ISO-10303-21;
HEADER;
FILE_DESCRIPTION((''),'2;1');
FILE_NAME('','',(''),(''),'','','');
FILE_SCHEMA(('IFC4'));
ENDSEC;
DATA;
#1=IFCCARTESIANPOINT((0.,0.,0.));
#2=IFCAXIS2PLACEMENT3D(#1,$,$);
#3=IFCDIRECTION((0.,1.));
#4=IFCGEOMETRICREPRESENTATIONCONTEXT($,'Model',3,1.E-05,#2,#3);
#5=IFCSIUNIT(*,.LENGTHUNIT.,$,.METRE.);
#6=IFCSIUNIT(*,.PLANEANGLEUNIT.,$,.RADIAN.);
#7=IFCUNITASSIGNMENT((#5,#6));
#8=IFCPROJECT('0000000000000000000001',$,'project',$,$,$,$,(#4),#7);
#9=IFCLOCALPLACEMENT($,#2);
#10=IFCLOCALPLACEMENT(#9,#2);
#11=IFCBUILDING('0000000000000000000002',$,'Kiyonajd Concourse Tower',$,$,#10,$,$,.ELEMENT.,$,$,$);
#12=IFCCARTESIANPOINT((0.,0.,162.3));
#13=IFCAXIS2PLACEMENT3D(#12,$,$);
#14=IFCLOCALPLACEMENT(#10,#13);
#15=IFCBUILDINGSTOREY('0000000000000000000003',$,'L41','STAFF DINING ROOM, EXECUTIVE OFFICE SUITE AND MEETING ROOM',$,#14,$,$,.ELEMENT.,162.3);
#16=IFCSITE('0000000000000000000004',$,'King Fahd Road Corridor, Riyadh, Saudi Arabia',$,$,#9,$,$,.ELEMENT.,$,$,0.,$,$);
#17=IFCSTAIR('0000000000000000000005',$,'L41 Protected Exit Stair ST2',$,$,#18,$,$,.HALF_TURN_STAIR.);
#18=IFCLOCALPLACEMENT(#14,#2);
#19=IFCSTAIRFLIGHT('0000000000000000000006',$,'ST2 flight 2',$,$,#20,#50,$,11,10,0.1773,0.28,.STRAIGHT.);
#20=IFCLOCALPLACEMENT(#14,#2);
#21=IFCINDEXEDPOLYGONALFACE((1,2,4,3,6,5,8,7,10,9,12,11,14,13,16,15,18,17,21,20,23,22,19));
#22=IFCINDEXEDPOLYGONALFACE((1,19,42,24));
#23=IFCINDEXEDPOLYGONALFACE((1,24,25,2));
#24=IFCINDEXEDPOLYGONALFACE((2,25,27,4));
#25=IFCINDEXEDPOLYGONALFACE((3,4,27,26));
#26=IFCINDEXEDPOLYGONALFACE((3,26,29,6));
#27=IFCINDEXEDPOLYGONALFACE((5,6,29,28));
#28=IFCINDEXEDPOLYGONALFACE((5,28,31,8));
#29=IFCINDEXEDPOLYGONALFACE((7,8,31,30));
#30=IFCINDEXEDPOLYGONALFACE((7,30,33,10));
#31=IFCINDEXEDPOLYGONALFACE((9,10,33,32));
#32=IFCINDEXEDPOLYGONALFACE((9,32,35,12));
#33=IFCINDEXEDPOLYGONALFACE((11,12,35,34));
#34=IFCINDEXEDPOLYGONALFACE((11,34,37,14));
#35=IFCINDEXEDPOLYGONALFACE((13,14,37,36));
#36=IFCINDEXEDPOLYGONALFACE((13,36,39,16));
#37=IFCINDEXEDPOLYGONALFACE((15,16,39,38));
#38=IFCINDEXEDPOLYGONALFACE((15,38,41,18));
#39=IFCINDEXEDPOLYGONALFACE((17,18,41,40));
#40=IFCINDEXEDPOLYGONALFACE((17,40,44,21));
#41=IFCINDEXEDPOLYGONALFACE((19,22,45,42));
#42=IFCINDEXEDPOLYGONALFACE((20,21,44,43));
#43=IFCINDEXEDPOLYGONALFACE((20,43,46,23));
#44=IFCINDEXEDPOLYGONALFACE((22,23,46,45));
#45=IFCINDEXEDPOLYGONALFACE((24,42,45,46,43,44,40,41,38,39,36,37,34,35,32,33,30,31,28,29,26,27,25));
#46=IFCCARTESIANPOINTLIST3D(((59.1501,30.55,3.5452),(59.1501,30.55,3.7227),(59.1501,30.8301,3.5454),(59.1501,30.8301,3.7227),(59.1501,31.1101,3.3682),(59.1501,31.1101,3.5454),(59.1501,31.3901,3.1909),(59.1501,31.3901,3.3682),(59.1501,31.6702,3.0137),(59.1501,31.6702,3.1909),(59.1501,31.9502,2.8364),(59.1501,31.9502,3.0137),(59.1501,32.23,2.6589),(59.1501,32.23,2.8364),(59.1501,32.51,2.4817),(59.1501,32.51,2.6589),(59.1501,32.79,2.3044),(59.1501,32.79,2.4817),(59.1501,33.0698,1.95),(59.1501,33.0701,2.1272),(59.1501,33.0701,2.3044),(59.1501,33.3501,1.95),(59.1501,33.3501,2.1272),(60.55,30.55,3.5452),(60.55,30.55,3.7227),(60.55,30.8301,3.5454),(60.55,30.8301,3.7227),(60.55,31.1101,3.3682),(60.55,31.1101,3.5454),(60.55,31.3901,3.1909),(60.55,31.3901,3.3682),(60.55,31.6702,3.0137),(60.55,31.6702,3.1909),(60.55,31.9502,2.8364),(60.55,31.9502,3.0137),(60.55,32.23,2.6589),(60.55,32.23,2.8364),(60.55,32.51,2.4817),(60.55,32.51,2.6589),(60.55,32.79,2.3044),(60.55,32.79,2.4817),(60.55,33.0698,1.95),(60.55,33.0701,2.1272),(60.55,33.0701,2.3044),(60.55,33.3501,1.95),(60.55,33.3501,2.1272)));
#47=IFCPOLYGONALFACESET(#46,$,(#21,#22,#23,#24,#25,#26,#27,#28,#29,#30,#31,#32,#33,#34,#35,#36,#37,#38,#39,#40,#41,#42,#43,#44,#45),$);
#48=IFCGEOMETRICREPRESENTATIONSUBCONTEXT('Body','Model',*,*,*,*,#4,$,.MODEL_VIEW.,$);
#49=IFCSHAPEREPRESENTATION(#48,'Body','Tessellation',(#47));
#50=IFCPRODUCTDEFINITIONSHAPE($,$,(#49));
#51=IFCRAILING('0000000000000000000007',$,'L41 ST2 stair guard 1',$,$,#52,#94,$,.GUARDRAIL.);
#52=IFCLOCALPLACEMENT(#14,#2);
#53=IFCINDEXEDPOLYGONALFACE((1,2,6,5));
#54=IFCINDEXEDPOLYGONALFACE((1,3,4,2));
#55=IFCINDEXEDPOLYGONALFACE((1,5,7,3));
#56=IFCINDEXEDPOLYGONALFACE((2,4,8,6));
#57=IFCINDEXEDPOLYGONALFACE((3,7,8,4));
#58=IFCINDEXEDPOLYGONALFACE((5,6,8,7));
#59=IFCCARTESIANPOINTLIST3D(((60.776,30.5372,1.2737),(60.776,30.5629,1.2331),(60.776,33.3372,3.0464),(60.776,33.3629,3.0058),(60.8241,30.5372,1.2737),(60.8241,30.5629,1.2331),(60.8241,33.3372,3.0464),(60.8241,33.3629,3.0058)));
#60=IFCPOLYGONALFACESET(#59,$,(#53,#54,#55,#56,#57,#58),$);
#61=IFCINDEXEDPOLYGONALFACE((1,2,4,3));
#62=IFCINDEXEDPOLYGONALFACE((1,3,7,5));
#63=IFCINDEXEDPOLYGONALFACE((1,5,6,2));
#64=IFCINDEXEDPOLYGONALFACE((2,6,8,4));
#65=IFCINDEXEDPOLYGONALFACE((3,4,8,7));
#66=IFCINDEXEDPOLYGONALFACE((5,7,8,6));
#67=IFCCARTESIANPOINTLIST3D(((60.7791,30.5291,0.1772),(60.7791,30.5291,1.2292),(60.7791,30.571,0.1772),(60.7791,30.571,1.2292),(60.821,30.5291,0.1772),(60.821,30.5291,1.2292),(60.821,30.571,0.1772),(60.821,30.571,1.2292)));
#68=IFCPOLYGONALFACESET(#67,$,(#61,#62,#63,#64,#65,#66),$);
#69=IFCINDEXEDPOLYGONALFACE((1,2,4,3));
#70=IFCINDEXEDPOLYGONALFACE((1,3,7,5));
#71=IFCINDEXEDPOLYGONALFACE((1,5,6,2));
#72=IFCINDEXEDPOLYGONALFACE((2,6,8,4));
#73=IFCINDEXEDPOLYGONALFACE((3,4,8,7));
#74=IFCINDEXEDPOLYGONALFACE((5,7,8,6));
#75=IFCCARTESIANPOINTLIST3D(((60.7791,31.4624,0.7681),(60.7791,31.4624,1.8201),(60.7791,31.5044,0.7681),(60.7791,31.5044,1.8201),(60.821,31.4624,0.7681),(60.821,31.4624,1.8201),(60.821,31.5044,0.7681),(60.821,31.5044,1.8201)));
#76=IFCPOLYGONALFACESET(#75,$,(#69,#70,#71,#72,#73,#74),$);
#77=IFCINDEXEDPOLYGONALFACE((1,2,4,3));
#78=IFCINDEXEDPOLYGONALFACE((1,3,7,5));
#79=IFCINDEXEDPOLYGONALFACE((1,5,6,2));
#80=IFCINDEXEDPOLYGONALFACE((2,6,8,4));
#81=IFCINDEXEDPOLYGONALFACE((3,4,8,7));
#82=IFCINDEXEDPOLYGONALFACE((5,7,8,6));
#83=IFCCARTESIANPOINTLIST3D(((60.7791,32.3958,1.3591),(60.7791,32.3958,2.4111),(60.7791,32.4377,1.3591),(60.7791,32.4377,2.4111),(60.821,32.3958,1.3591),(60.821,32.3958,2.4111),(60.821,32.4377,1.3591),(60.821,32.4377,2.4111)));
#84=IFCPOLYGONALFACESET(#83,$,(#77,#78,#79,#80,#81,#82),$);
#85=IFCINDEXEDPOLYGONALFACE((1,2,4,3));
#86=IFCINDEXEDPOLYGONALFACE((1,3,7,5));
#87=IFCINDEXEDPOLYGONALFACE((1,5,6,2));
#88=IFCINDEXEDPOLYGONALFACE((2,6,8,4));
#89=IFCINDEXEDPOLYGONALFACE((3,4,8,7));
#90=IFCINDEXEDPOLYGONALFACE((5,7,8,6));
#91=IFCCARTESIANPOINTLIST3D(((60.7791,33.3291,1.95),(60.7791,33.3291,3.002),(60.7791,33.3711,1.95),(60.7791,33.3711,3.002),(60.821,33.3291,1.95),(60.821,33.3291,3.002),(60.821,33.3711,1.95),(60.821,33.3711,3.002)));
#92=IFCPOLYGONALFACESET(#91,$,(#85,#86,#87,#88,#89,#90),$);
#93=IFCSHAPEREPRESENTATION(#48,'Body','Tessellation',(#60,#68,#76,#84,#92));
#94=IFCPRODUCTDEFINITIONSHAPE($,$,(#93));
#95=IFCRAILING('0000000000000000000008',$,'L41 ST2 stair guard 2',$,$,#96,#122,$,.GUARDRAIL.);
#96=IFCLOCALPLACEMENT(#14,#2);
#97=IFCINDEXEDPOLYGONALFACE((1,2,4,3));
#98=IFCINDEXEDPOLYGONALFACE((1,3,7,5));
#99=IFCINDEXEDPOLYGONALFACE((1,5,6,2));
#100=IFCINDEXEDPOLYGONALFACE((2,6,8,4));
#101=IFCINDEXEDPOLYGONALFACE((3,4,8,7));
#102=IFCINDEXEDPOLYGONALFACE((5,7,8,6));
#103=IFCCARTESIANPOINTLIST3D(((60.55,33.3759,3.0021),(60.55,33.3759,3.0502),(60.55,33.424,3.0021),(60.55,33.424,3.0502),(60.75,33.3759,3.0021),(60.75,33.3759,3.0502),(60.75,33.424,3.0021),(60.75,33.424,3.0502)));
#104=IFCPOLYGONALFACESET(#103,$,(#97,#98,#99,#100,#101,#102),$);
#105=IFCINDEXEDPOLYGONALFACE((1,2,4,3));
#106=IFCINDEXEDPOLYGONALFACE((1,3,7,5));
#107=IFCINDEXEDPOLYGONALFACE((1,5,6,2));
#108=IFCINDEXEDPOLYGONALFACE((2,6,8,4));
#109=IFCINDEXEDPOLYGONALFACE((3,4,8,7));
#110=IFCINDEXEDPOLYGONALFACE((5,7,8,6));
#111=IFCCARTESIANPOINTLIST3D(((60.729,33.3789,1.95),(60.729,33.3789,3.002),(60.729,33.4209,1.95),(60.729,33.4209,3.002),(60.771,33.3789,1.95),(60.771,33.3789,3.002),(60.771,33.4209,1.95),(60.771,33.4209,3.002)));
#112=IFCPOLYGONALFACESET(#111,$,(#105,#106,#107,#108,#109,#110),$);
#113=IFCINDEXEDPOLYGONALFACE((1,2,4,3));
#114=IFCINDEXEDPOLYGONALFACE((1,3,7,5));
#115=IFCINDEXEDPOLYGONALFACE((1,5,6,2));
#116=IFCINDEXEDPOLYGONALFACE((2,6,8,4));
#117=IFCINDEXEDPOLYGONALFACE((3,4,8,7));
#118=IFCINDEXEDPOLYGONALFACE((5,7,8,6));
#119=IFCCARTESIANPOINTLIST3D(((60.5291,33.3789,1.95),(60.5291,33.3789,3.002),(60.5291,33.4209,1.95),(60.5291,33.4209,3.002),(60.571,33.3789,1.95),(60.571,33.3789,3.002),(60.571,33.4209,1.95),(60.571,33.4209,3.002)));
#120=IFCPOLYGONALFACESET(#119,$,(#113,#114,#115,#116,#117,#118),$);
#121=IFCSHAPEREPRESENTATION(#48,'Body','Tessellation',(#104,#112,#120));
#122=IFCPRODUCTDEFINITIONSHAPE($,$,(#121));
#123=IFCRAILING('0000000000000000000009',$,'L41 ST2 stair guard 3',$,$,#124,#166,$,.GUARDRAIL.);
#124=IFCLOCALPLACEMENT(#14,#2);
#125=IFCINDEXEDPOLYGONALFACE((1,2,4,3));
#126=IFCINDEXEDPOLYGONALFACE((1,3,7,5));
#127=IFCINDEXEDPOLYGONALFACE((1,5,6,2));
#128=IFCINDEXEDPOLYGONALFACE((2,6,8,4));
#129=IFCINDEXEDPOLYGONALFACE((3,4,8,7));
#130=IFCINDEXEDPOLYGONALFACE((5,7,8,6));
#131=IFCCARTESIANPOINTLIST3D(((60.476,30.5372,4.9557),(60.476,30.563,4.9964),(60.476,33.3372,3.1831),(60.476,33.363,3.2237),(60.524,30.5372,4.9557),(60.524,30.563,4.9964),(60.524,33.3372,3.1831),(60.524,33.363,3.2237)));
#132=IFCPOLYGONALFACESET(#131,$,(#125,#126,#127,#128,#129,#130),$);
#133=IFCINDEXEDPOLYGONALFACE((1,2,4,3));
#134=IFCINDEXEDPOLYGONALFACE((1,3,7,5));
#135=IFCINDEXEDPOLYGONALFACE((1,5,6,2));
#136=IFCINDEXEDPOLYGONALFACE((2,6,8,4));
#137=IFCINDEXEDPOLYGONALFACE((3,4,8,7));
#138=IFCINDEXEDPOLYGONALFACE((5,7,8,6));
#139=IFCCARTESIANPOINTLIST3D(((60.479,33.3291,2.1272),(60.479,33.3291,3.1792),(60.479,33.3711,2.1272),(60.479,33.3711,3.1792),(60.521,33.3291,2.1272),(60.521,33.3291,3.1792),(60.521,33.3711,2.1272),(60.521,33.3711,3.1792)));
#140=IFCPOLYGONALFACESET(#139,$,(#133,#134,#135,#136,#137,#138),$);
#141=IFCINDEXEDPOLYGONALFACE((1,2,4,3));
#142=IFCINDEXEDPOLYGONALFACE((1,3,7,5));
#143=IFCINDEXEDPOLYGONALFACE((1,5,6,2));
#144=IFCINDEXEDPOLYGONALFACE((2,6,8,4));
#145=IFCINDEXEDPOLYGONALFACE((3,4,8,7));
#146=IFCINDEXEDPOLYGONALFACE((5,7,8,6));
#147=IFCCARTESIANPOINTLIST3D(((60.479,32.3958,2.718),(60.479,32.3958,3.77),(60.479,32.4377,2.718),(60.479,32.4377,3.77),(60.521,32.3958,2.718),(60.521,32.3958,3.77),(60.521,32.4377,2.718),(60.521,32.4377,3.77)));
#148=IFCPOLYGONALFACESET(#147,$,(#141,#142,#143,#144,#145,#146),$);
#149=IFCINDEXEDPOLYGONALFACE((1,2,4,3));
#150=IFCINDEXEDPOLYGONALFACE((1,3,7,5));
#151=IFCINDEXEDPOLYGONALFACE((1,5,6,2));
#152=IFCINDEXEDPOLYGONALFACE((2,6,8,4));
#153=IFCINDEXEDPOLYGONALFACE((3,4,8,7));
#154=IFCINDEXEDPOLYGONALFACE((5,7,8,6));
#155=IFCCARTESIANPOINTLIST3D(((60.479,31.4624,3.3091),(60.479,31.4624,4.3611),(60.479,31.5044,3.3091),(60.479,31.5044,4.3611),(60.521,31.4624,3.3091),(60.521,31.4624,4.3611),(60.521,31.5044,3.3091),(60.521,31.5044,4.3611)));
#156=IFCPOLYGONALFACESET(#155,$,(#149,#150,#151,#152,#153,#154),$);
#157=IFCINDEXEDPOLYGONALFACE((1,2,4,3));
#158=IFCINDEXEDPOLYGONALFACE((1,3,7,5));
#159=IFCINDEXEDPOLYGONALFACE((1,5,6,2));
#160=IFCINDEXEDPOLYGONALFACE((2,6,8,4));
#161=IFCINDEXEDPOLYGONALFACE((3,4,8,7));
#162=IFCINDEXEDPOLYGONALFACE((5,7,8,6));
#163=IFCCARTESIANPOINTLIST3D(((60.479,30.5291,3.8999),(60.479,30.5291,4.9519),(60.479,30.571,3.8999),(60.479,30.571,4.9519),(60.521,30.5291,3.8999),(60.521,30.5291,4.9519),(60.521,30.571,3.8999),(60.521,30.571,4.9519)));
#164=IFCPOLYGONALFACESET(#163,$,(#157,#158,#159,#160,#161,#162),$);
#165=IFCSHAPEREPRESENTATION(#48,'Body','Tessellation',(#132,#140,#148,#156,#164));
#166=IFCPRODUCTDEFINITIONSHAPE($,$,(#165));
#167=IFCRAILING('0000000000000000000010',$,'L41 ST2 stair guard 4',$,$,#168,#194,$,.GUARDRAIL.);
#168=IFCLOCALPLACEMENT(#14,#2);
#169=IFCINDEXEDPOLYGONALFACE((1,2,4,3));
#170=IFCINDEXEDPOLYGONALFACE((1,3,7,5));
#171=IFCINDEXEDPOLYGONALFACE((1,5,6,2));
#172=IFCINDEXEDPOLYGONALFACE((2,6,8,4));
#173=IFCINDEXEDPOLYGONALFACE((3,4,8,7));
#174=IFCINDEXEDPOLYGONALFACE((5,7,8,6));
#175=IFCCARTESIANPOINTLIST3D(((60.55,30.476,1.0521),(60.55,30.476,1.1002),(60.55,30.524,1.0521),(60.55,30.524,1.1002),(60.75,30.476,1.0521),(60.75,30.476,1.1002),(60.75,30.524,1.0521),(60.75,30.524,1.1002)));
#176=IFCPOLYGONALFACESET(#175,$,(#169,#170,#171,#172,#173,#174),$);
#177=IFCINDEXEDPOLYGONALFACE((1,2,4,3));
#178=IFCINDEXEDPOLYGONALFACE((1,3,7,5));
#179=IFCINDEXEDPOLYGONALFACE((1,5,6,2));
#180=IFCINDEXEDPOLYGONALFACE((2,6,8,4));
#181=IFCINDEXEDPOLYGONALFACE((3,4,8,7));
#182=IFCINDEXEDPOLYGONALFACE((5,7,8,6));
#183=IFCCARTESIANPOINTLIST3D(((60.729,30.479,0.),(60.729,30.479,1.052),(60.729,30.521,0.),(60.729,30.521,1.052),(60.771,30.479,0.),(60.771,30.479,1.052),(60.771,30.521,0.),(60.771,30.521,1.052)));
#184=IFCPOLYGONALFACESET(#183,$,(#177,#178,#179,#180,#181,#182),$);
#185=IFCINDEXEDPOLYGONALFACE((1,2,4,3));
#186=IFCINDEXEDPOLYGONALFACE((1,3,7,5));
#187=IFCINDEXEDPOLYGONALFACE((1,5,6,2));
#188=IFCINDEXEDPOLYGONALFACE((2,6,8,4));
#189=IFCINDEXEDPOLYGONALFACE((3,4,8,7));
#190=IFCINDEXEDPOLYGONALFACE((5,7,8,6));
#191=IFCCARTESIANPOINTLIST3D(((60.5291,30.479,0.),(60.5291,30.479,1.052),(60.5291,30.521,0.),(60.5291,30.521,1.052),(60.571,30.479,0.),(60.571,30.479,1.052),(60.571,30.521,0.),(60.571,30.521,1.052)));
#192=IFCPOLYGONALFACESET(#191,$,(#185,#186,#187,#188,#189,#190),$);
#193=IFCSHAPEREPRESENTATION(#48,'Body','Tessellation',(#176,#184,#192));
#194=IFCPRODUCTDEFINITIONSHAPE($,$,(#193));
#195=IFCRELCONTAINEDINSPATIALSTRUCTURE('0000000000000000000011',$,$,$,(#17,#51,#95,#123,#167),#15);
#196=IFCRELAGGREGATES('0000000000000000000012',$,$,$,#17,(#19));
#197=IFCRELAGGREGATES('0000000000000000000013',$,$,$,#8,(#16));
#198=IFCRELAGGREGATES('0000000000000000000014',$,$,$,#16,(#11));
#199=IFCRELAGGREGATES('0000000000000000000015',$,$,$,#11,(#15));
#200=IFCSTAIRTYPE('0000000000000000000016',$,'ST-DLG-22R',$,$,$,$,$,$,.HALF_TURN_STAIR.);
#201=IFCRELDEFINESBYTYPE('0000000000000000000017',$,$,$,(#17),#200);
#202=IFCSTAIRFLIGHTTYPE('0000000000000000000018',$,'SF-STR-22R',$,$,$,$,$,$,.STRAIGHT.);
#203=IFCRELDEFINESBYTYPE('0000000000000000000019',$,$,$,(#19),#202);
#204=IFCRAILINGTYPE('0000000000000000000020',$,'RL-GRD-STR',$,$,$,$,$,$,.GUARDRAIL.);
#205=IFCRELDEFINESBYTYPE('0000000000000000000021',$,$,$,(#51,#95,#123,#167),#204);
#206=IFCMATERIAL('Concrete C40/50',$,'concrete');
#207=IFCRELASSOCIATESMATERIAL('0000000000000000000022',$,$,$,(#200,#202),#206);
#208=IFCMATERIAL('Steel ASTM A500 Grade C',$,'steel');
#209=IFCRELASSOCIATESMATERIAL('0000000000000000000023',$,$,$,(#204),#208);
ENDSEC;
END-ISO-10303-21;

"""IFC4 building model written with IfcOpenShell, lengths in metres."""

from ifc_helpers import new_model, si_unit, direction, frame, origin, origin_2d, place, context, subcontext, project, spatial, polyline, rectangle, outline, extrude, material, type_object, element, aggregate, save


model = new_model("IFC4")

# Units and contexts
model_context = context("Model", 3, precision=1e-05, world=origin(), true_north=direction((0.0, 1.0)))
body_context = subcontext(model_context, "Body", "Model", "MODEL_VIEW")
ifc_project = project(units=[si_unit("LENGTHUNIT", "METRE"), si_unit("PLANEANGLEUNIT", "RADIAN")], contexts=[model_context])

# Site, building, storey
site_placement = place(None, origin())
site = spatial("IfcSite", under=ifc_project, at=site_placement, Name="King Fahd Road Corridor, Riyadh, Saudi Arabia", CompositionType="ELEMENT", RefElevation=0.0)
building_placement = place(site_placement, origin())
building = spatial("IfcBuilding", under=site, at=building_placement, Name="Kiyonajd Concourse Tower", CompositionType="ELEMENT")
storey_placement = place(building_placement, frame((0.0, 0.0, 162.3)))
storey = spatial("IfcBuildingStorey", under=building, at=storey_placement, Name="L41", Description="STAFF DINING ROOM, EXECUTIVE OFFICE SUITE AND MEETING ROOM", CompositionType="ELEMENT", Elevation=162.3)

# Stair, stair flight
ifc_material_1 = material(Name="Concrete C40/50", Category="concrete")
stair_type = type_object("IfcStairType", Name="ST-DLG-22R", PredefinedType="HALF_TURN_STAIR", material=ifc_material_1)
stair_placement = place(storey_placement, origin())
stair = element("IfcStair", 1, at=stair_placement, inside=storey, type_object=stair_type, Name="L41 Protected Exit Stair ST2", PredefinedType="HALF_TURN_STAIR")
stair_flight_type = type_object("IfcStairFlightType", Name="SF-STR-22R", PredefinedType="STRAIGHT", material=ifc_material_1)
stair_flight_1_placement = place(storey_placement, frame((59.8501, 33.3501, 1.95), z_axis=(0.0, 0.0, 1.0), x_axis=(0.0, -1.0, 0.0)))
stair_flight_1 = element("IfcStairFlight", 2, at=stair_flight_1_placement, type_object=stair_flight_type, Name="ST2 flight 2", NumberOfRisers=11, NumberOfTreads=10, PredefinedType="STRAIGHT", RiserHeight=0.1773, TreadLength=0.28, context=body_context, shape_type="SweptSolid", body=[
    extrude(outline(polyline([(0.0, 0.0), (0.0, 0.1772), (0.28, 0.1772), (0.28, 0.3545), (0.5601, 0.3545), (0.5601, 0.5317), (0.8401, 0.5317), (0.8401, 0.709), (1.1201, 0.709), (1.1201, 0.8865), (1.3999, 0.8865), (1.3999, 1.0637), (1.6799, 1.0637), (1.6799, 1.241), (1.96, 1.241), (1.96, 1.4182), (2.24, 1.4182), (2.24, 1.5955), (2.52, 1.5955), (2.52, 1.7727), (2.8, 1.7727), (2.8, 1.95), (2.8, 1.5952), (0.2803, 0.0), (0.0, 0.0)])), frame((0.0, 0.7, 0.0), z_axis=(0.0, -1.0, 0.0), x_axis=(1.0, 0.0, 0.0)), (0.0, 0.0, 1.0), 1.3999),
])
aggregate(stair, [stair_flight_1])

# Railings
ifc_material_2 = material(Name="Steel ASTM A500 Grade C", Category="steel")
railing_type_1 = type_object("IfcRailingType", Name="RL-GRD-STR", PredefinedType="GUARDRAIL", material=ifc_material_2)
railing_1_placement = place(storey_placement, frame((60.8, 30.55, 0.1772)))
element("IfcRailing", 3, at=railing_1_placement, inside=storey, type_object=railing_type_1, Name="L41 ST2 stair guard 1", PredefinedType="GUARDRAIL", context=body_context, shape_type="SweptSolid", body=[
    extrude(rectangle(XDim=0.0481, YDim=0.0481, at=origin_2d()), frame((0.0, 0.0, 1.0762), z_axis=(0.0, 0.844909, 0.53491), x_axis=(-1.0, 0.0, 0.0)), (0.0, 0.0, 1.0), 3.314),
    extrude(rectangle(XDim=0.042, YDim=0.042, at=origin_2d()), origin(), (0.0, 0.0, 1.0), 1.052),
    extrude(rectangle(XDim=0.042, YDim=0.042, at=origin_2d()), frame((0.0, 0.9333, 0.5908)), (0.0, 0.0, 1.0), 1.052),
    extrude(rectangle(XDim=0.042, YDim=0.042, at=origin_2d()), frame((0.0, 1.8667, 1.1819)), (0.0, 0.0, 1.0), 1.052),
    extrude(rectangle(XDim=0.042, YDim=0.042, at=origin_2d()), frame((0.0, 2.8, 1.7727)), (0.0, 0.0, 1.0), 1.052),
])
railing_2_placement = place(storey_placement, frame((60.75, 33.3999, 1.95)))
element("IfcRailing", 4, at=railing_2_placement, inside=storey, type_object=railing_type_1, Name="L41 ST2 stair guard 2", PredefinedType="GUARDRAIL", context=body_context, shape_type="SweptSolid", body=[
    extrude(rectangle(XDim=0.0481, YDim=0.0481, at=origin_2d()), frame((0.0, 0.0, 1.0762), z_axis=(-1.0, 0.0, 0.0), x_axis=(0.0, -1.0, 0.0)), (0.0, 0.0, 1.0), 0.2),
    extrude(rectangle(XDim=0.042, YDim=0.042, at=origin_2d()), origin(), (0.0, 0.0, 1.0), 1.052),
    extrude(rectangle(XDim=0.042, YDim=0.042, at=origin_2d()), frame((-0.2, 0.0, 0.0)), (0.0, 0.0, 1.0), 1.052),
])
railing_3_placement = place(storey_placement, frame((60.5, 33.3501, 2.1272)))
element("IfcRailing", 5, at=railing_3_placement, inside=storey, type_object=railing_type_1, Name="L41 ST2 stair guard 3", PredefinedType="GUARDRAIL", context=body_context, shape_type="SweptSolid", body=[
    extrude(rectangle(XDim=0.0481, YDim=0.0481, at=origin_2d()), frame((0.0, 0.0, 1.0762), z_axis=(0.0, -0.844909, 0.53491), x_axis=(1.0, 0.0, 0.0)), (0.0, 0.0, 1.0), 3.314),
    extrude(rectangle(XDim=0.042, YDim=0.042, at=origin_2d()), origin(), (0.0, 0.0, 1.0), 1.052),
    extrude(rectangle(XDim=0.042, YDim=0.042, at=origin_2d()), frame((0.0, -0.9333, 0.5908)), (0.0, 0.0, 1.0), 1.052),
    extrude(rectangle(XDim=0.042, YDim=0.042, at=origin_2d()), frame((0.0, -1.8667, 1.1819)), (0.0, 0.0, 1.0), 1.052),
    extrude(rectangle(XDim=0.042, YDim=0.042, at=origin_2d()), frame((0.0, -2.8, 1.7727)), (0.0, 0.0, 1.0), 1.052),
])
railing_4_placement = place(storey_placement, frame((60.75, 30.5, 0.0)))
element("IfcRailing", 6, at=railing_4_placement, inside=storey, type_object=railing_type_1, Name="L41 ST2 stair guard 4", PredefinedType="GUARDRAIL", context=body_context, shape_type="SweptSolid", body=[
    extrude(rectangle(XDim=0.0481, YDim=0.0481, at=origin_2d()), frame((0.0, 0.0, 1.0762), z_axis=(-1.0, 0.0, 0.0), x_axis=(0.0, -1.0, 0.0)), (0.0, 0.0, 1.0), 0.2),
    extrude(rectangle(XDim=0.042, YDim=0.042, at=origin_2d()), origin(), (0.0, 0.0, 1.0), 1.052),
    extrude(rectangle(XDim=0.042, YDim=0.042, at=origin_2d()), frame((-0.2, 0.0, 0.0)), (0.0, 0.0, 1.0), 1.052),
])

save(model, "model.ifc")
